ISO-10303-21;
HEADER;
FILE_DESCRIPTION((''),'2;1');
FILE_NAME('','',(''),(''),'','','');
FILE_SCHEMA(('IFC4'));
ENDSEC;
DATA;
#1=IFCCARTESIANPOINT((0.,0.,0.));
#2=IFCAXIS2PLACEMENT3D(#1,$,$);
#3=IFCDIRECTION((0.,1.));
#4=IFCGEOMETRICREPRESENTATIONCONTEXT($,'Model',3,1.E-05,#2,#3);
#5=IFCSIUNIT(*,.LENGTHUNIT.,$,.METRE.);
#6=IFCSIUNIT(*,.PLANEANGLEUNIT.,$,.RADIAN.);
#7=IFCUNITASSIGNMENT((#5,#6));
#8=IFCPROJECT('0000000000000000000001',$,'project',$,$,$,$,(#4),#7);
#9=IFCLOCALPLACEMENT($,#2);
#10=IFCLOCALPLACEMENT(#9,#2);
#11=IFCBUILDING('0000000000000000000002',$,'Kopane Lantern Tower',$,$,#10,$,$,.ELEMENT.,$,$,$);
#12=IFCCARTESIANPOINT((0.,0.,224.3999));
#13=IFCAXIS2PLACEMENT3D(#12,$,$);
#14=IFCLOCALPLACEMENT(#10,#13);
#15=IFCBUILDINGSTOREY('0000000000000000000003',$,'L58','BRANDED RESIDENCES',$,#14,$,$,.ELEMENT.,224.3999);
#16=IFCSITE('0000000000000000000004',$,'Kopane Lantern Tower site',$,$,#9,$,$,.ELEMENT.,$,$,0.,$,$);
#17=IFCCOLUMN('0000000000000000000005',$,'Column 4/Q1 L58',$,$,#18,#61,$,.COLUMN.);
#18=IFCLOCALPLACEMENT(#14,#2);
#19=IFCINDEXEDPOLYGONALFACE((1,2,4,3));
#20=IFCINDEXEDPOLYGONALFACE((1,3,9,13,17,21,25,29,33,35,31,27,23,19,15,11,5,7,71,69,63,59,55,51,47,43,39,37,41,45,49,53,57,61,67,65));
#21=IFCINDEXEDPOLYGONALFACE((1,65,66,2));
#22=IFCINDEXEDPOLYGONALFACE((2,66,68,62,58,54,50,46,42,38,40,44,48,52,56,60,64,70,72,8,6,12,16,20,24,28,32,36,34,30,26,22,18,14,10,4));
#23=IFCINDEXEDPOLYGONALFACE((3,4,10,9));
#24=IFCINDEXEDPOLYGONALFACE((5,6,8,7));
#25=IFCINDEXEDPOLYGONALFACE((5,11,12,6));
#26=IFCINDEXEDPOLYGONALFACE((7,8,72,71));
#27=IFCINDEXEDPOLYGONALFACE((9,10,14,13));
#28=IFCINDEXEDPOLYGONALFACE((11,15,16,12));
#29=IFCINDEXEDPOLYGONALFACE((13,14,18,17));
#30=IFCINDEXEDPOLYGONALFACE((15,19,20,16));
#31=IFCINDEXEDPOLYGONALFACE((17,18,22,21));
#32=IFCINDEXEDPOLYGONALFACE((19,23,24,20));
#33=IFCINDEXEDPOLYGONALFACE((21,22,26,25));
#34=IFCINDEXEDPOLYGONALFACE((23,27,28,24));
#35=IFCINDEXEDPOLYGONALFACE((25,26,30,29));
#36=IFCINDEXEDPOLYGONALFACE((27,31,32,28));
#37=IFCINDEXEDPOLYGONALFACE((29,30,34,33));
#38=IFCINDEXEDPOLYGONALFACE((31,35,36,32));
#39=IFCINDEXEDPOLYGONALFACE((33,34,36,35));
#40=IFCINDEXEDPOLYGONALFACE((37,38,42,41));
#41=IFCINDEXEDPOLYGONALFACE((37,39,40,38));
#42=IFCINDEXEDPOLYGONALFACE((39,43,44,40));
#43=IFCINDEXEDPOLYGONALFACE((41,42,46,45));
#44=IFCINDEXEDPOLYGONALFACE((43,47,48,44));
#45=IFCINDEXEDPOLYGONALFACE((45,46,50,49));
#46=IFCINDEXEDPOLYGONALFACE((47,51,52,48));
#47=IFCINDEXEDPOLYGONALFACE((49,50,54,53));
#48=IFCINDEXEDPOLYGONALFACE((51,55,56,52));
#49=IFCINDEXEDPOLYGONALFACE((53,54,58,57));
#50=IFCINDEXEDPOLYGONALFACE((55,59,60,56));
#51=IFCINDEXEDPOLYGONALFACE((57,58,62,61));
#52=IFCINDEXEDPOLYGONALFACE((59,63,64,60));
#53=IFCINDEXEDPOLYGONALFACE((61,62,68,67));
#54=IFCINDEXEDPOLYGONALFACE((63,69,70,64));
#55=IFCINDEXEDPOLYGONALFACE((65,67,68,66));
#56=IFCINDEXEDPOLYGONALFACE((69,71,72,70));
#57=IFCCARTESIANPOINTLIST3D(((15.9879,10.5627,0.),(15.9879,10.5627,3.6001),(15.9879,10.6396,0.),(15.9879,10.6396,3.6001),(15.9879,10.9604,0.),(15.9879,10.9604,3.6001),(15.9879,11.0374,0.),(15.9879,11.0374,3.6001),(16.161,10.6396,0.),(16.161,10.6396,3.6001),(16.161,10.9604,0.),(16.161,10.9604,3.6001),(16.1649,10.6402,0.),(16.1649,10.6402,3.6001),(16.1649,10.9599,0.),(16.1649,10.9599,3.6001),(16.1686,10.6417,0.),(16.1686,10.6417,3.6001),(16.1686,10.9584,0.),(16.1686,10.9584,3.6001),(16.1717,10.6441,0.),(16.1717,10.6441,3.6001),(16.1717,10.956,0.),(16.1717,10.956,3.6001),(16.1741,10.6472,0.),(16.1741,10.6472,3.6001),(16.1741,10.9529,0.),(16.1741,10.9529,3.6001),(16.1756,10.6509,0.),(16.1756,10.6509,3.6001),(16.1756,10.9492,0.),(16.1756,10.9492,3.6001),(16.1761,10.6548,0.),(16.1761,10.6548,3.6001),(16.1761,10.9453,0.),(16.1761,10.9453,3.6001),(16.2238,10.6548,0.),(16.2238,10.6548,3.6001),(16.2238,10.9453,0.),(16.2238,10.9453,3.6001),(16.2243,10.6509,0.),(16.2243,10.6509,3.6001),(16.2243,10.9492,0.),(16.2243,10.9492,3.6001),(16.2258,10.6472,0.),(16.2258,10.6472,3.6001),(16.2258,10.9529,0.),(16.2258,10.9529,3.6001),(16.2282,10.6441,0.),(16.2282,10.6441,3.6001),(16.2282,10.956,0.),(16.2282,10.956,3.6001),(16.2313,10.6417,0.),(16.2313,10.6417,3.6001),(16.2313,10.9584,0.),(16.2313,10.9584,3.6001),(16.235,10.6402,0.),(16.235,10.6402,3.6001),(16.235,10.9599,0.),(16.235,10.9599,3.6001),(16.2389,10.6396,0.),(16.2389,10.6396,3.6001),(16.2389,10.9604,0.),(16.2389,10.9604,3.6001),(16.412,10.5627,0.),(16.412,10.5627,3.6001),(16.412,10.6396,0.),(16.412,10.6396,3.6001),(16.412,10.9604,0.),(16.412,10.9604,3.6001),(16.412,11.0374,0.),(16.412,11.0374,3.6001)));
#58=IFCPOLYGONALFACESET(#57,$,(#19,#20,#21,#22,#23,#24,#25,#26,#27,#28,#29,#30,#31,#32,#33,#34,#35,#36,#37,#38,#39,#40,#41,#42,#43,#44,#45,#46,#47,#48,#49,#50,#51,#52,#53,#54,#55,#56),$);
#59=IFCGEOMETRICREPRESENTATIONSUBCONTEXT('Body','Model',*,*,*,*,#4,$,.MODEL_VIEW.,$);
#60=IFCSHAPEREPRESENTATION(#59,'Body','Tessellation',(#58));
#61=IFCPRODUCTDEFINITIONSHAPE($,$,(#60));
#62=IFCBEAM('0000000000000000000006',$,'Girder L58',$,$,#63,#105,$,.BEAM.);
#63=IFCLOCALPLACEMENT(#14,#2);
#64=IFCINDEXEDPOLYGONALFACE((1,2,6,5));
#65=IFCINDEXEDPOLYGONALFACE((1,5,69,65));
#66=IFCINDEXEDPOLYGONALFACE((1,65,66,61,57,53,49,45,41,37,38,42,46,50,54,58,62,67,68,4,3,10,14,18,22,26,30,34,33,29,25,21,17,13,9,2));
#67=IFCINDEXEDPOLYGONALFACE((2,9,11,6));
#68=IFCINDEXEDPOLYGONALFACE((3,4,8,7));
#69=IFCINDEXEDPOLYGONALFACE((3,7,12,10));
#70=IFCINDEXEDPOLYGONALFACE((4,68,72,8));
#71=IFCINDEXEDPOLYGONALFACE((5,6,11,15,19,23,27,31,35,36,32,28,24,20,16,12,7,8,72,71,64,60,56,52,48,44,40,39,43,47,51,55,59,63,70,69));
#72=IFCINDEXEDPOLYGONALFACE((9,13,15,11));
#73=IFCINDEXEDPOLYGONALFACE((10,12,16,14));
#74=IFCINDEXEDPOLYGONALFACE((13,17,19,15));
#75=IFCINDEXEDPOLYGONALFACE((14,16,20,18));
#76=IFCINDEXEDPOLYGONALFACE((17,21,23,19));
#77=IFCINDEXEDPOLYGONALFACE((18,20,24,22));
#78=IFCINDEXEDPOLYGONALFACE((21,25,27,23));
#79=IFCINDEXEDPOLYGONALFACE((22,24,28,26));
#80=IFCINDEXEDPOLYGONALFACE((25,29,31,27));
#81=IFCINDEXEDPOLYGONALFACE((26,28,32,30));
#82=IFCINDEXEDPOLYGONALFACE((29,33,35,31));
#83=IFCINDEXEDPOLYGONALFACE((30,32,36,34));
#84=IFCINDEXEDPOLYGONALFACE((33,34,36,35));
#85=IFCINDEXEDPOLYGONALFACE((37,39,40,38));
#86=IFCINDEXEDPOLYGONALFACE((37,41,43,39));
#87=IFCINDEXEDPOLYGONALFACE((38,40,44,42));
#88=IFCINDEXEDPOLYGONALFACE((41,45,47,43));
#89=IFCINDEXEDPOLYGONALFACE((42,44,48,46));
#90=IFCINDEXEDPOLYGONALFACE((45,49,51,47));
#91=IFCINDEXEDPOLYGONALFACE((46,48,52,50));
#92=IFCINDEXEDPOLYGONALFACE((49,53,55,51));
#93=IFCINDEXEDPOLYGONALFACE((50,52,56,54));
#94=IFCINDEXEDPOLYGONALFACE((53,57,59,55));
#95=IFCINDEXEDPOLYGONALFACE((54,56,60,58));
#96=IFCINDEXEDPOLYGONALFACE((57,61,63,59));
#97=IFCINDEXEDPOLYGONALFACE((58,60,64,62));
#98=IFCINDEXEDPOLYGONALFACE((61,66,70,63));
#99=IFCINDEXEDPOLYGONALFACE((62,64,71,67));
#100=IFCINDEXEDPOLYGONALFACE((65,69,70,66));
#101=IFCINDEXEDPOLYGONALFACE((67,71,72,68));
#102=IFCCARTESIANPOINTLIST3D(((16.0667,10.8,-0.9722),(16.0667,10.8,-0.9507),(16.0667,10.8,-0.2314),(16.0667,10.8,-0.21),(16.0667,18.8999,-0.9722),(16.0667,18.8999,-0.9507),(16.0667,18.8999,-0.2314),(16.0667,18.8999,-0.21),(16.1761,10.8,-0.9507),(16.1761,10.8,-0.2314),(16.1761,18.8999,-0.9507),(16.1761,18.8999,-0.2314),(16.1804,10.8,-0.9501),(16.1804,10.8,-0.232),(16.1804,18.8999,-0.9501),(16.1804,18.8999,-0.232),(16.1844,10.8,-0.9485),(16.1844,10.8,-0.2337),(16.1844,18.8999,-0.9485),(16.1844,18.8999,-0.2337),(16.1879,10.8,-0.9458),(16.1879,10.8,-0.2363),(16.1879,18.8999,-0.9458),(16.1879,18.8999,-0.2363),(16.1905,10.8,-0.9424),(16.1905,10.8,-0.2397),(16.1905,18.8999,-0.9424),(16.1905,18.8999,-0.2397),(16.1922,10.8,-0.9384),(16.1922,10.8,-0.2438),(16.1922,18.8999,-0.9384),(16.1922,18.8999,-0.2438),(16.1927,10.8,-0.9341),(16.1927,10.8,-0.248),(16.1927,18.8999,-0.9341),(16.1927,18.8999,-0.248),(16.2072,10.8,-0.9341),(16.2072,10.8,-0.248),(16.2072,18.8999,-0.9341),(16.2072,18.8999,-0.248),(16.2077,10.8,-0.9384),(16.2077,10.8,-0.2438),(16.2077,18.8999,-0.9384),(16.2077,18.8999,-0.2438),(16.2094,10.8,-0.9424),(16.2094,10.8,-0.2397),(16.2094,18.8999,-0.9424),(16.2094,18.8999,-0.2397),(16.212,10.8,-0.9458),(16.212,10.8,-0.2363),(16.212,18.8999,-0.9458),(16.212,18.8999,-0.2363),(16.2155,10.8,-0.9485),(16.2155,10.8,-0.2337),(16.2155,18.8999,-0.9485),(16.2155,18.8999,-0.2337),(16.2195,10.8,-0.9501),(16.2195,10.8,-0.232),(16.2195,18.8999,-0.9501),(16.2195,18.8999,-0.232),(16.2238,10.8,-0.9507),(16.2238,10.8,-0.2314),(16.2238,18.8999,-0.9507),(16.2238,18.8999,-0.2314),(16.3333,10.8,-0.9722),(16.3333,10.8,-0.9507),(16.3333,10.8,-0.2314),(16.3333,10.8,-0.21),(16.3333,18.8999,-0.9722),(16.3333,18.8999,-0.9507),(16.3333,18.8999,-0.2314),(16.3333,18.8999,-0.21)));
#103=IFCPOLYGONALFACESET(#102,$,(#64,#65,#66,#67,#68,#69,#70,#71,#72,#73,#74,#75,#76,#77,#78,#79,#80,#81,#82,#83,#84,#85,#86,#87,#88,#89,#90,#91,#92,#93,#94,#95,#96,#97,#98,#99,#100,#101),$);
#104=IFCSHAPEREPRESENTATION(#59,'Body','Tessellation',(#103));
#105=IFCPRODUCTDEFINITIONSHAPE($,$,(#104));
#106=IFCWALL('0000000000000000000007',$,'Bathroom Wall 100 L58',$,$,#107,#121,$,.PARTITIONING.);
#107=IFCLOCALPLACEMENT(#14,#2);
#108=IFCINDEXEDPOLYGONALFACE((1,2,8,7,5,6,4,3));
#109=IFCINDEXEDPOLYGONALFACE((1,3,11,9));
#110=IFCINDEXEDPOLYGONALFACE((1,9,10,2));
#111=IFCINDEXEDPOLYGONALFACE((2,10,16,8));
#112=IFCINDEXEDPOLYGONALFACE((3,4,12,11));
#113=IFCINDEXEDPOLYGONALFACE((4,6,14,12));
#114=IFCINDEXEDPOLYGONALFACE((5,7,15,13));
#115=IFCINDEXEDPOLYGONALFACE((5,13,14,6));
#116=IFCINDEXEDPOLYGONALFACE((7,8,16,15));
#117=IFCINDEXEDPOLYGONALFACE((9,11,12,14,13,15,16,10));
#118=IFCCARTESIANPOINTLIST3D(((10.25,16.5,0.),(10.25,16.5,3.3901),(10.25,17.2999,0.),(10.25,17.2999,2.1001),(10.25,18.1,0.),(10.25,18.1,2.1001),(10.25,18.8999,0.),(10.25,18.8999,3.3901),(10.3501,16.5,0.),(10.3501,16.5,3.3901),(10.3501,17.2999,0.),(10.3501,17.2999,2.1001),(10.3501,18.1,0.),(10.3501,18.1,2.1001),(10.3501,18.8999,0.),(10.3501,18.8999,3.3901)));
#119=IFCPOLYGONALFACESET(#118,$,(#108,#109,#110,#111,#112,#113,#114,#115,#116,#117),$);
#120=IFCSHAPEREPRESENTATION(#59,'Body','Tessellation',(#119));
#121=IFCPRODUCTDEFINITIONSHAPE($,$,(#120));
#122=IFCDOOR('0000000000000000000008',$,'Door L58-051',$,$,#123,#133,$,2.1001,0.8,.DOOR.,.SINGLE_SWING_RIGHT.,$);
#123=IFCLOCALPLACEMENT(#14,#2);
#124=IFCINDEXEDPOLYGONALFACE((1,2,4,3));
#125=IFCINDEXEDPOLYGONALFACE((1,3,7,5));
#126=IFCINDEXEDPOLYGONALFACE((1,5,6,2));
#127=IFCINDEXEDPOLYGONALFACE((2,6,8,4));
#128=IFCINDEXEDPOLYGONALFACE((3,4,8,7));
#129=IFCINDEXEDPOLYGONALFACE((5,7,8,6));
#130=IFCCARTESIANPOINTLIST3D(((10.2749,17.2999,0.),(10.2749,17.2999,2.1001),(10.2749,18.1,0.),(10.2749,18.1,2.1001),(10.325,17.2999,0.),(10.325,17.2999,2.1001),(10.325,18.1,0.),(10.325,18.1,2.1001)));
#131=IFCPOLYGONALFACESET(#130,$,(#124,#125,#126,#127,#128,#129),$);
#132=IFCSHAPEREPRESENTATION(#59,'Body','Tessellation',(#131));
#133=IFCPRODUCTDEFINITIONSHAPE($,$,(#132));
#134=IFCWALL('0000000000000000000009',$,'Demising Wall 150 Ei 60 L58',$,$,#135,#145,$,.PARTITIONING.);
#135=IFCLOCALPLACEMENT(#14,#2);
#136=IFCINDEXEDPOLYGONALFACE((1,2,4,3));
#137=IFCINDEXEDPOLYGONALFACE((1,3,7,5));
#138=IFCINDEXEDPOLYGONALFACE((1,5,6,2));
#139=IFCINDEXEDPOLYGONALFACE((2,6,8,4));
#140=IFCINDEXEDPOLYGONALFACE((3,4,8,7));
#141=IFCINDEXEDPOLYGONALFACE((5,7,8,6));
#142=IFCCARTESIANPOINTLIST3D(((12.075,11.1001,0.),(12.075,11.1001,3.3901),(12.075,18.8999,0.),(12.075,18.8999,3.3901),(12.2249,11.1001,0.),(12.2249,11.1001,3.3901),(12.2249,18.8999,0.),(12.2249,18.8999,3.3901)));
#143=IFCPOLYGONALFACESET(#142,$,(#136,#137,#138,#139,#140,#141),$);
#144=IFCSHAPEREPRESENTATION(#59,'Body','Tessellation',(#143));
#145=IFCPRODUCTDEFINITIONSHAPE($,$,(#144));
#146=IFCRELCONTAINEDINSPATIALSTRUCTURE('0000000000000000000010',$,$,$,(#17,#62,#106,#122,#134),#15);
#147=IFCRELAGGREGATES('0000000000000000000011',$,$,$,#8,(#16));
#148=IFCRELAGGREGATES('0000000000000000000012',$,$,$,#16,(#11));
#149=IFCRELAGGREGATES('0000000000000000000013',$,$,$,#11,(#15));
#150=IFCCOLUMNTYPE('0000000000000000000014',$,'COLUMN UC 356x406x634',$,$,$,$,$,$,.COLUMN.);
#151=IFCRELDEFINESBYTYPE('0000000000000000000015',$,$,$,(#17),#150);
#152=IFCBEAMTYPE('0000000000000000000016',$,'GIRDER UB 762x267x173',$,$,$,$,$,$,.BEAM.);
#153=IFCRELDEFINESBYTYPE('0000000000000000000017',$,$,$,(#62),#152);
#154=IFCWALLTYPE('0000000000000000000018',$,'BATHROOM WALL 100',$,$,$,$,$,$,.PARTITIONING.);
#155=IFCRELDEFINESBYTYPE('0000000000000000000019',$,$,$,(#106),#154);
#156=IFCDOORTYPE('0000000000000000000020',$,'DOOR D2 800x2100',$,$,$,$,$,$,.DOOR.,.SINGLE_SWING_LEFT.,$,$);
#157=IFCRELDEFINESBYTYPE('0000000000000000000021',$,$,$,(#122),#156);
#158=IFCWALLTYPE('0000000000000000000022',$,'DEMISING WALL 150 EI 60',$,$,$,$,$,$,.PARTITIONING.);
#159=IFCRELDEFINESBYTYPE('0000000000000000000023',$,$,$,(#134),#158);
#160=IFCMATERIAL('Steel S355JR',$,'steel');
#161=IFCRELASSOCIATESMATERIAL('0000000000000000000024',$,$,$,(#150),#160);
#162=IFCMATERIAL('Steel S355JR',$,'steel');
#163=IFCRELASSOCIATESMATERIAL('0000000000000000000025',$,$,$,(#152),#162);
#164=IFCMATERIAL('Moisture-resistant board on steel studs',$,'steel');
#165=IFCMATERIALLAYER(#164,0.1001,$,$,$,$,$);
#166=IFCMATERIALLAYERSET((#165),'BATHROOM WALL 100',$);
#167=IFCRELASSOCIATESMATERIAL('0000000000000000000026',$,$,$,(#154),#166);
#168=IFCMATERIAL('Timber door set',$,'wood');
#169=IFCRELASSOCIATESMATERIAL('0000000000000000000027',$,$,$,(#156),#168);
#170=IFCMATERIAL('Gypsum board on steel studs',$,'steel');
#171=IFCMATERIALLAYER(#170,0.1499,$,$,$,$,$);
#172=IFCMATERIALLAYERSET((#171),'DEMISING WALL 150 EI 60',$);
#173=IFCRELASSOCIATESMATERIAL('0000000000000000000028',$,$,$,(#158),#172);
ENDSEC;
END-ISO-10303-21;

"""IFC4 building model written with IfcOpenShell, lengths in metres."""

from ifc_helpers import new_model, si_unit, direction, frame, frame_2d, origin, origin_2d, place, context, subcontext, project, spatial, rectangle, i_section, extrude, material, layer, layer_set, material_profile, profile_set, type_object, element, fill, save


model = new_model("IFC4")

# Units and contexts
model_context = context("Model", 3, precision=1e-05, world=origin(), true_north=direction((0.0, 1.0)))
body_context = subcontext(model_context, "Body", "Model", "MODEL_VIEW")
ifc_project = project(units=[si_unit("LENGTHUNIT", "METRE"), si_unit("PLANEANGLEUNIT", "RADIAN")], contexts=[model_context])

# Site, building, storey
site_placement = place(None, origin())
site = spatial("IfcSite", under=ifc_project, at=site_placement, Name="Kopane Lantern Tower site", CompositionType="ELEMENT", RefElevation=0.0)
building_placement = place(site_placement, origin())
building = spatial("IfcBuilding", under=site, at=building_placement, Name="Kopane Lantern Tower", CompositionType="ELEMENT")
storey_placement = place(building_placement, frame((0.0, 0.0, 224.3999)))
storey = spatial("IfcBuildingStorey", under=building, at=storey_placement, Name="L58", Description="BRANDED RESIDENCES", CompositionType="ELEMENT", Elevation=224.3999)

# Column
ifc_material_1 = material(Name="Steel S355JR", Category="steel")
ifc_material_profile_1 = material_profile(ifc_material_1, i_section(OverallWidth=0.4241, OverallDepth=0.4746, WebThickness=0.0476, FlangeThickness=0.0769, FilletRadius=0.0151, at=origin_2d()), Name="UC 356x406x634")
ifc_profile_set_1 = profile_set([ifc_material_profile_1], Name="Steel S355JR")
column_type = type_object("IfcColumnType", Name="COLUMN UC 356x406x634", PredefinedType="COLUMN", material=ifc_profile_set_1)
column_placement = place(storey_placement, frame((16.2, 10.8, 0.0), z_axis=(0.0, 0.0, 1.0), x_axis=(1.0, 0.0, 0.0)))
element("IfcColumn", 1, at=column_placement, inside=storey, type_object=column_type, Name="Column 4/Q1 L58", PredefinedType="COLUMN", context=body_context, shape_type="SweptSolid", body=[
    extrude(i_section(OverallWidth=0.4241, OverallDepth=0.4746, WebThickness=0.0476, FlangeThickness=0.0769, FilletRadius=0.0151, at=origin_2d()), origin(), (0.0, 0.0, 1.0), 3.6001),
])

# Beam
ifc_material_2 = material(Name="Steel S355JR", Category="steel")
ifc_material_profile_2 = material_profile(ifc_material_2, i_section(OverallWidth=0.2666, OverallDepth=0.7622, WebThickness=0.0144, FlangeThickness=0.0215, FilletRadius=0.0166, at=origin_2d()), Name="UB 762x267x173")
ifc_profile_set_2 = profile_set([ifc_material_profile_2], Name="Steel S355JR")
beam_type = type_object("IfcBeamType", Name="GIRDER UB 762x267x173", PredefinedType="BEAM", material=ifc_profile_set_2)
beam_placement = place(storey_placement, frame((16.2, 10.8, -0.5911), z_axis=(0.0, 1.0, 0.0), x_axis=(-1.0, 0.0, 0.0)))
element("IfcBeam", 2, at=beam_placement, inside=storey, type_object=beam_type, Name="Girder L58", PredefinedType="BEAM", context=body_context, shape_type="SweptSolid", body=[
    extrude(i_section(OverallWidth=0.2666, OverallDepth=0.7622, WebThickness=0.0144, FlangeThickness=0.0215, FilletRadius=0.0166, at=origin_2d()), origin(), (0.0, 0.0, 1.0), 8.0999),
])

# Wall, opening, door
ifc_material_3 = material(Name="Moisture-resistant board on steel studs", Category="steel")
ifc_layer_1 = layer(ifc_material_3, 0.1001)
ifc_layer_set_1 = layer_set([ifc_layer_1], Name="BATHROOM WALL 100")
wall_type_1 = type_object("IfcWallType", Name="BATHROOM WALL 100", PredefinedType="PARTITIONING", material=ifc_layer_set_1)
wall_1_placement = place(storey_placement, frame((10.3, 18.8999, 0.0), z_axis=(0.0, 0.0, 1.0), x_axis=(0.0, -1.0, 0.0)))
wall_1 = element("IfcWall", 3, at=wall_1_placement, inside=storey, type_object=wall_type_1, Name="Bathroom Wall 100 L58", PredefinedType="PARTITIONING", context=body_context, shape_type="SweptSolid", body=[
    extrude(rectangle(XDim=2.3999, YDim=0.1001, at=frame_2d((1.2, 0.0))), origin(), (0.0, 0.0, 1.0), 3.3901),
])
opening_1_placement = place(wall_1_placement, frame((0.8, 0.0, 0.0)))
opening_1 = element("IfcOpeningElement", 4, at=opening_1_placement, cuts=wall_1, PredefinedType="OPENING", context=body_context, shape_type="SweptSolid", body=[
    extrude(rectangle(XDim=0.8, YDim=2.1001, at=frame_2d((0.3999, 1.05))), frame((0.0, 0.0601, 0.0), z_axis=(0.0, -1.0, 0.0), x_axis=(1.0, 0.0, 0.0)), (0.0, 0.0, 1.0), 0.1201),
])
ifc_material_4 = material(Name="Timber door set", Category="wood")
door_type = type_object("IfcDoorType", Name="DOOR D2 800x2100", OperationType="SINGLE_SWING_LEFT", PredefinedType="DOOR", material=ifc_material_4)
door_placement = place(opening_1_placement, origin())
door = element("IfcDoor", 5, at=door_placement, inside=storey, type_object=door_type, Name="Door L58-051", OperationType="SINGLE_SWING_RIGHT", OverallHeight=2.1001, OverallWidth=0.8, PredefinedType="DOOR", context=body_context, shape_type="SweptSolid", body=[
    extrude(rectangle(XDim=0.8, YDim=2.1001, at=frame_2d((0.3999, 1.05))), frame((0.0, 0.0249, 0.0), z_axis=(0.0, -1.0, 0.0), x_axis=(1.0, 0.0, 0.0)), (0.0, 0.0, 1.0), 0.05),
])
fill(opening_1, door)

# Wall
ifc_material_5 = material(Name="Gypsum board on steel studs", Category="steel")
ifc_layer_2 = layer(ifc_material_5, 0.1499)
ifc_layer_set_2 = layer_set([ifc_layer_2], Name="DEMISING WALL 150 EI 60")
wall_type_2 = type_object("IfcWallType", Name="DEMISING WALL 150 EI 60", PredefinedType="PARTITIONING", material=ifc_layer_set_2)
wall_2_placement = place(storey_placement, frame((12.1499, 18.8999, 0.0), z_axis=(0.0, 0.0, 1.0), x_axis=(0.0, -1.0, 0.0)))
element("IfcWall", 6, at=wall_2_placement, inside=storey, type_object=wall_type_2, Name="Demising Wall 150 Ei 60 L58", PredefinedType="PARTITIONING", context=body_context, shape_type="SweptSolid", body=[
    extrude(rectangle(XDim=7.7998, YDim=0.1499, at=frame_2d((3.8999, 0.0))), origin(), (0.0, 0.0, 1.0), 3.3901),
])

save(model, "model.ifc")
